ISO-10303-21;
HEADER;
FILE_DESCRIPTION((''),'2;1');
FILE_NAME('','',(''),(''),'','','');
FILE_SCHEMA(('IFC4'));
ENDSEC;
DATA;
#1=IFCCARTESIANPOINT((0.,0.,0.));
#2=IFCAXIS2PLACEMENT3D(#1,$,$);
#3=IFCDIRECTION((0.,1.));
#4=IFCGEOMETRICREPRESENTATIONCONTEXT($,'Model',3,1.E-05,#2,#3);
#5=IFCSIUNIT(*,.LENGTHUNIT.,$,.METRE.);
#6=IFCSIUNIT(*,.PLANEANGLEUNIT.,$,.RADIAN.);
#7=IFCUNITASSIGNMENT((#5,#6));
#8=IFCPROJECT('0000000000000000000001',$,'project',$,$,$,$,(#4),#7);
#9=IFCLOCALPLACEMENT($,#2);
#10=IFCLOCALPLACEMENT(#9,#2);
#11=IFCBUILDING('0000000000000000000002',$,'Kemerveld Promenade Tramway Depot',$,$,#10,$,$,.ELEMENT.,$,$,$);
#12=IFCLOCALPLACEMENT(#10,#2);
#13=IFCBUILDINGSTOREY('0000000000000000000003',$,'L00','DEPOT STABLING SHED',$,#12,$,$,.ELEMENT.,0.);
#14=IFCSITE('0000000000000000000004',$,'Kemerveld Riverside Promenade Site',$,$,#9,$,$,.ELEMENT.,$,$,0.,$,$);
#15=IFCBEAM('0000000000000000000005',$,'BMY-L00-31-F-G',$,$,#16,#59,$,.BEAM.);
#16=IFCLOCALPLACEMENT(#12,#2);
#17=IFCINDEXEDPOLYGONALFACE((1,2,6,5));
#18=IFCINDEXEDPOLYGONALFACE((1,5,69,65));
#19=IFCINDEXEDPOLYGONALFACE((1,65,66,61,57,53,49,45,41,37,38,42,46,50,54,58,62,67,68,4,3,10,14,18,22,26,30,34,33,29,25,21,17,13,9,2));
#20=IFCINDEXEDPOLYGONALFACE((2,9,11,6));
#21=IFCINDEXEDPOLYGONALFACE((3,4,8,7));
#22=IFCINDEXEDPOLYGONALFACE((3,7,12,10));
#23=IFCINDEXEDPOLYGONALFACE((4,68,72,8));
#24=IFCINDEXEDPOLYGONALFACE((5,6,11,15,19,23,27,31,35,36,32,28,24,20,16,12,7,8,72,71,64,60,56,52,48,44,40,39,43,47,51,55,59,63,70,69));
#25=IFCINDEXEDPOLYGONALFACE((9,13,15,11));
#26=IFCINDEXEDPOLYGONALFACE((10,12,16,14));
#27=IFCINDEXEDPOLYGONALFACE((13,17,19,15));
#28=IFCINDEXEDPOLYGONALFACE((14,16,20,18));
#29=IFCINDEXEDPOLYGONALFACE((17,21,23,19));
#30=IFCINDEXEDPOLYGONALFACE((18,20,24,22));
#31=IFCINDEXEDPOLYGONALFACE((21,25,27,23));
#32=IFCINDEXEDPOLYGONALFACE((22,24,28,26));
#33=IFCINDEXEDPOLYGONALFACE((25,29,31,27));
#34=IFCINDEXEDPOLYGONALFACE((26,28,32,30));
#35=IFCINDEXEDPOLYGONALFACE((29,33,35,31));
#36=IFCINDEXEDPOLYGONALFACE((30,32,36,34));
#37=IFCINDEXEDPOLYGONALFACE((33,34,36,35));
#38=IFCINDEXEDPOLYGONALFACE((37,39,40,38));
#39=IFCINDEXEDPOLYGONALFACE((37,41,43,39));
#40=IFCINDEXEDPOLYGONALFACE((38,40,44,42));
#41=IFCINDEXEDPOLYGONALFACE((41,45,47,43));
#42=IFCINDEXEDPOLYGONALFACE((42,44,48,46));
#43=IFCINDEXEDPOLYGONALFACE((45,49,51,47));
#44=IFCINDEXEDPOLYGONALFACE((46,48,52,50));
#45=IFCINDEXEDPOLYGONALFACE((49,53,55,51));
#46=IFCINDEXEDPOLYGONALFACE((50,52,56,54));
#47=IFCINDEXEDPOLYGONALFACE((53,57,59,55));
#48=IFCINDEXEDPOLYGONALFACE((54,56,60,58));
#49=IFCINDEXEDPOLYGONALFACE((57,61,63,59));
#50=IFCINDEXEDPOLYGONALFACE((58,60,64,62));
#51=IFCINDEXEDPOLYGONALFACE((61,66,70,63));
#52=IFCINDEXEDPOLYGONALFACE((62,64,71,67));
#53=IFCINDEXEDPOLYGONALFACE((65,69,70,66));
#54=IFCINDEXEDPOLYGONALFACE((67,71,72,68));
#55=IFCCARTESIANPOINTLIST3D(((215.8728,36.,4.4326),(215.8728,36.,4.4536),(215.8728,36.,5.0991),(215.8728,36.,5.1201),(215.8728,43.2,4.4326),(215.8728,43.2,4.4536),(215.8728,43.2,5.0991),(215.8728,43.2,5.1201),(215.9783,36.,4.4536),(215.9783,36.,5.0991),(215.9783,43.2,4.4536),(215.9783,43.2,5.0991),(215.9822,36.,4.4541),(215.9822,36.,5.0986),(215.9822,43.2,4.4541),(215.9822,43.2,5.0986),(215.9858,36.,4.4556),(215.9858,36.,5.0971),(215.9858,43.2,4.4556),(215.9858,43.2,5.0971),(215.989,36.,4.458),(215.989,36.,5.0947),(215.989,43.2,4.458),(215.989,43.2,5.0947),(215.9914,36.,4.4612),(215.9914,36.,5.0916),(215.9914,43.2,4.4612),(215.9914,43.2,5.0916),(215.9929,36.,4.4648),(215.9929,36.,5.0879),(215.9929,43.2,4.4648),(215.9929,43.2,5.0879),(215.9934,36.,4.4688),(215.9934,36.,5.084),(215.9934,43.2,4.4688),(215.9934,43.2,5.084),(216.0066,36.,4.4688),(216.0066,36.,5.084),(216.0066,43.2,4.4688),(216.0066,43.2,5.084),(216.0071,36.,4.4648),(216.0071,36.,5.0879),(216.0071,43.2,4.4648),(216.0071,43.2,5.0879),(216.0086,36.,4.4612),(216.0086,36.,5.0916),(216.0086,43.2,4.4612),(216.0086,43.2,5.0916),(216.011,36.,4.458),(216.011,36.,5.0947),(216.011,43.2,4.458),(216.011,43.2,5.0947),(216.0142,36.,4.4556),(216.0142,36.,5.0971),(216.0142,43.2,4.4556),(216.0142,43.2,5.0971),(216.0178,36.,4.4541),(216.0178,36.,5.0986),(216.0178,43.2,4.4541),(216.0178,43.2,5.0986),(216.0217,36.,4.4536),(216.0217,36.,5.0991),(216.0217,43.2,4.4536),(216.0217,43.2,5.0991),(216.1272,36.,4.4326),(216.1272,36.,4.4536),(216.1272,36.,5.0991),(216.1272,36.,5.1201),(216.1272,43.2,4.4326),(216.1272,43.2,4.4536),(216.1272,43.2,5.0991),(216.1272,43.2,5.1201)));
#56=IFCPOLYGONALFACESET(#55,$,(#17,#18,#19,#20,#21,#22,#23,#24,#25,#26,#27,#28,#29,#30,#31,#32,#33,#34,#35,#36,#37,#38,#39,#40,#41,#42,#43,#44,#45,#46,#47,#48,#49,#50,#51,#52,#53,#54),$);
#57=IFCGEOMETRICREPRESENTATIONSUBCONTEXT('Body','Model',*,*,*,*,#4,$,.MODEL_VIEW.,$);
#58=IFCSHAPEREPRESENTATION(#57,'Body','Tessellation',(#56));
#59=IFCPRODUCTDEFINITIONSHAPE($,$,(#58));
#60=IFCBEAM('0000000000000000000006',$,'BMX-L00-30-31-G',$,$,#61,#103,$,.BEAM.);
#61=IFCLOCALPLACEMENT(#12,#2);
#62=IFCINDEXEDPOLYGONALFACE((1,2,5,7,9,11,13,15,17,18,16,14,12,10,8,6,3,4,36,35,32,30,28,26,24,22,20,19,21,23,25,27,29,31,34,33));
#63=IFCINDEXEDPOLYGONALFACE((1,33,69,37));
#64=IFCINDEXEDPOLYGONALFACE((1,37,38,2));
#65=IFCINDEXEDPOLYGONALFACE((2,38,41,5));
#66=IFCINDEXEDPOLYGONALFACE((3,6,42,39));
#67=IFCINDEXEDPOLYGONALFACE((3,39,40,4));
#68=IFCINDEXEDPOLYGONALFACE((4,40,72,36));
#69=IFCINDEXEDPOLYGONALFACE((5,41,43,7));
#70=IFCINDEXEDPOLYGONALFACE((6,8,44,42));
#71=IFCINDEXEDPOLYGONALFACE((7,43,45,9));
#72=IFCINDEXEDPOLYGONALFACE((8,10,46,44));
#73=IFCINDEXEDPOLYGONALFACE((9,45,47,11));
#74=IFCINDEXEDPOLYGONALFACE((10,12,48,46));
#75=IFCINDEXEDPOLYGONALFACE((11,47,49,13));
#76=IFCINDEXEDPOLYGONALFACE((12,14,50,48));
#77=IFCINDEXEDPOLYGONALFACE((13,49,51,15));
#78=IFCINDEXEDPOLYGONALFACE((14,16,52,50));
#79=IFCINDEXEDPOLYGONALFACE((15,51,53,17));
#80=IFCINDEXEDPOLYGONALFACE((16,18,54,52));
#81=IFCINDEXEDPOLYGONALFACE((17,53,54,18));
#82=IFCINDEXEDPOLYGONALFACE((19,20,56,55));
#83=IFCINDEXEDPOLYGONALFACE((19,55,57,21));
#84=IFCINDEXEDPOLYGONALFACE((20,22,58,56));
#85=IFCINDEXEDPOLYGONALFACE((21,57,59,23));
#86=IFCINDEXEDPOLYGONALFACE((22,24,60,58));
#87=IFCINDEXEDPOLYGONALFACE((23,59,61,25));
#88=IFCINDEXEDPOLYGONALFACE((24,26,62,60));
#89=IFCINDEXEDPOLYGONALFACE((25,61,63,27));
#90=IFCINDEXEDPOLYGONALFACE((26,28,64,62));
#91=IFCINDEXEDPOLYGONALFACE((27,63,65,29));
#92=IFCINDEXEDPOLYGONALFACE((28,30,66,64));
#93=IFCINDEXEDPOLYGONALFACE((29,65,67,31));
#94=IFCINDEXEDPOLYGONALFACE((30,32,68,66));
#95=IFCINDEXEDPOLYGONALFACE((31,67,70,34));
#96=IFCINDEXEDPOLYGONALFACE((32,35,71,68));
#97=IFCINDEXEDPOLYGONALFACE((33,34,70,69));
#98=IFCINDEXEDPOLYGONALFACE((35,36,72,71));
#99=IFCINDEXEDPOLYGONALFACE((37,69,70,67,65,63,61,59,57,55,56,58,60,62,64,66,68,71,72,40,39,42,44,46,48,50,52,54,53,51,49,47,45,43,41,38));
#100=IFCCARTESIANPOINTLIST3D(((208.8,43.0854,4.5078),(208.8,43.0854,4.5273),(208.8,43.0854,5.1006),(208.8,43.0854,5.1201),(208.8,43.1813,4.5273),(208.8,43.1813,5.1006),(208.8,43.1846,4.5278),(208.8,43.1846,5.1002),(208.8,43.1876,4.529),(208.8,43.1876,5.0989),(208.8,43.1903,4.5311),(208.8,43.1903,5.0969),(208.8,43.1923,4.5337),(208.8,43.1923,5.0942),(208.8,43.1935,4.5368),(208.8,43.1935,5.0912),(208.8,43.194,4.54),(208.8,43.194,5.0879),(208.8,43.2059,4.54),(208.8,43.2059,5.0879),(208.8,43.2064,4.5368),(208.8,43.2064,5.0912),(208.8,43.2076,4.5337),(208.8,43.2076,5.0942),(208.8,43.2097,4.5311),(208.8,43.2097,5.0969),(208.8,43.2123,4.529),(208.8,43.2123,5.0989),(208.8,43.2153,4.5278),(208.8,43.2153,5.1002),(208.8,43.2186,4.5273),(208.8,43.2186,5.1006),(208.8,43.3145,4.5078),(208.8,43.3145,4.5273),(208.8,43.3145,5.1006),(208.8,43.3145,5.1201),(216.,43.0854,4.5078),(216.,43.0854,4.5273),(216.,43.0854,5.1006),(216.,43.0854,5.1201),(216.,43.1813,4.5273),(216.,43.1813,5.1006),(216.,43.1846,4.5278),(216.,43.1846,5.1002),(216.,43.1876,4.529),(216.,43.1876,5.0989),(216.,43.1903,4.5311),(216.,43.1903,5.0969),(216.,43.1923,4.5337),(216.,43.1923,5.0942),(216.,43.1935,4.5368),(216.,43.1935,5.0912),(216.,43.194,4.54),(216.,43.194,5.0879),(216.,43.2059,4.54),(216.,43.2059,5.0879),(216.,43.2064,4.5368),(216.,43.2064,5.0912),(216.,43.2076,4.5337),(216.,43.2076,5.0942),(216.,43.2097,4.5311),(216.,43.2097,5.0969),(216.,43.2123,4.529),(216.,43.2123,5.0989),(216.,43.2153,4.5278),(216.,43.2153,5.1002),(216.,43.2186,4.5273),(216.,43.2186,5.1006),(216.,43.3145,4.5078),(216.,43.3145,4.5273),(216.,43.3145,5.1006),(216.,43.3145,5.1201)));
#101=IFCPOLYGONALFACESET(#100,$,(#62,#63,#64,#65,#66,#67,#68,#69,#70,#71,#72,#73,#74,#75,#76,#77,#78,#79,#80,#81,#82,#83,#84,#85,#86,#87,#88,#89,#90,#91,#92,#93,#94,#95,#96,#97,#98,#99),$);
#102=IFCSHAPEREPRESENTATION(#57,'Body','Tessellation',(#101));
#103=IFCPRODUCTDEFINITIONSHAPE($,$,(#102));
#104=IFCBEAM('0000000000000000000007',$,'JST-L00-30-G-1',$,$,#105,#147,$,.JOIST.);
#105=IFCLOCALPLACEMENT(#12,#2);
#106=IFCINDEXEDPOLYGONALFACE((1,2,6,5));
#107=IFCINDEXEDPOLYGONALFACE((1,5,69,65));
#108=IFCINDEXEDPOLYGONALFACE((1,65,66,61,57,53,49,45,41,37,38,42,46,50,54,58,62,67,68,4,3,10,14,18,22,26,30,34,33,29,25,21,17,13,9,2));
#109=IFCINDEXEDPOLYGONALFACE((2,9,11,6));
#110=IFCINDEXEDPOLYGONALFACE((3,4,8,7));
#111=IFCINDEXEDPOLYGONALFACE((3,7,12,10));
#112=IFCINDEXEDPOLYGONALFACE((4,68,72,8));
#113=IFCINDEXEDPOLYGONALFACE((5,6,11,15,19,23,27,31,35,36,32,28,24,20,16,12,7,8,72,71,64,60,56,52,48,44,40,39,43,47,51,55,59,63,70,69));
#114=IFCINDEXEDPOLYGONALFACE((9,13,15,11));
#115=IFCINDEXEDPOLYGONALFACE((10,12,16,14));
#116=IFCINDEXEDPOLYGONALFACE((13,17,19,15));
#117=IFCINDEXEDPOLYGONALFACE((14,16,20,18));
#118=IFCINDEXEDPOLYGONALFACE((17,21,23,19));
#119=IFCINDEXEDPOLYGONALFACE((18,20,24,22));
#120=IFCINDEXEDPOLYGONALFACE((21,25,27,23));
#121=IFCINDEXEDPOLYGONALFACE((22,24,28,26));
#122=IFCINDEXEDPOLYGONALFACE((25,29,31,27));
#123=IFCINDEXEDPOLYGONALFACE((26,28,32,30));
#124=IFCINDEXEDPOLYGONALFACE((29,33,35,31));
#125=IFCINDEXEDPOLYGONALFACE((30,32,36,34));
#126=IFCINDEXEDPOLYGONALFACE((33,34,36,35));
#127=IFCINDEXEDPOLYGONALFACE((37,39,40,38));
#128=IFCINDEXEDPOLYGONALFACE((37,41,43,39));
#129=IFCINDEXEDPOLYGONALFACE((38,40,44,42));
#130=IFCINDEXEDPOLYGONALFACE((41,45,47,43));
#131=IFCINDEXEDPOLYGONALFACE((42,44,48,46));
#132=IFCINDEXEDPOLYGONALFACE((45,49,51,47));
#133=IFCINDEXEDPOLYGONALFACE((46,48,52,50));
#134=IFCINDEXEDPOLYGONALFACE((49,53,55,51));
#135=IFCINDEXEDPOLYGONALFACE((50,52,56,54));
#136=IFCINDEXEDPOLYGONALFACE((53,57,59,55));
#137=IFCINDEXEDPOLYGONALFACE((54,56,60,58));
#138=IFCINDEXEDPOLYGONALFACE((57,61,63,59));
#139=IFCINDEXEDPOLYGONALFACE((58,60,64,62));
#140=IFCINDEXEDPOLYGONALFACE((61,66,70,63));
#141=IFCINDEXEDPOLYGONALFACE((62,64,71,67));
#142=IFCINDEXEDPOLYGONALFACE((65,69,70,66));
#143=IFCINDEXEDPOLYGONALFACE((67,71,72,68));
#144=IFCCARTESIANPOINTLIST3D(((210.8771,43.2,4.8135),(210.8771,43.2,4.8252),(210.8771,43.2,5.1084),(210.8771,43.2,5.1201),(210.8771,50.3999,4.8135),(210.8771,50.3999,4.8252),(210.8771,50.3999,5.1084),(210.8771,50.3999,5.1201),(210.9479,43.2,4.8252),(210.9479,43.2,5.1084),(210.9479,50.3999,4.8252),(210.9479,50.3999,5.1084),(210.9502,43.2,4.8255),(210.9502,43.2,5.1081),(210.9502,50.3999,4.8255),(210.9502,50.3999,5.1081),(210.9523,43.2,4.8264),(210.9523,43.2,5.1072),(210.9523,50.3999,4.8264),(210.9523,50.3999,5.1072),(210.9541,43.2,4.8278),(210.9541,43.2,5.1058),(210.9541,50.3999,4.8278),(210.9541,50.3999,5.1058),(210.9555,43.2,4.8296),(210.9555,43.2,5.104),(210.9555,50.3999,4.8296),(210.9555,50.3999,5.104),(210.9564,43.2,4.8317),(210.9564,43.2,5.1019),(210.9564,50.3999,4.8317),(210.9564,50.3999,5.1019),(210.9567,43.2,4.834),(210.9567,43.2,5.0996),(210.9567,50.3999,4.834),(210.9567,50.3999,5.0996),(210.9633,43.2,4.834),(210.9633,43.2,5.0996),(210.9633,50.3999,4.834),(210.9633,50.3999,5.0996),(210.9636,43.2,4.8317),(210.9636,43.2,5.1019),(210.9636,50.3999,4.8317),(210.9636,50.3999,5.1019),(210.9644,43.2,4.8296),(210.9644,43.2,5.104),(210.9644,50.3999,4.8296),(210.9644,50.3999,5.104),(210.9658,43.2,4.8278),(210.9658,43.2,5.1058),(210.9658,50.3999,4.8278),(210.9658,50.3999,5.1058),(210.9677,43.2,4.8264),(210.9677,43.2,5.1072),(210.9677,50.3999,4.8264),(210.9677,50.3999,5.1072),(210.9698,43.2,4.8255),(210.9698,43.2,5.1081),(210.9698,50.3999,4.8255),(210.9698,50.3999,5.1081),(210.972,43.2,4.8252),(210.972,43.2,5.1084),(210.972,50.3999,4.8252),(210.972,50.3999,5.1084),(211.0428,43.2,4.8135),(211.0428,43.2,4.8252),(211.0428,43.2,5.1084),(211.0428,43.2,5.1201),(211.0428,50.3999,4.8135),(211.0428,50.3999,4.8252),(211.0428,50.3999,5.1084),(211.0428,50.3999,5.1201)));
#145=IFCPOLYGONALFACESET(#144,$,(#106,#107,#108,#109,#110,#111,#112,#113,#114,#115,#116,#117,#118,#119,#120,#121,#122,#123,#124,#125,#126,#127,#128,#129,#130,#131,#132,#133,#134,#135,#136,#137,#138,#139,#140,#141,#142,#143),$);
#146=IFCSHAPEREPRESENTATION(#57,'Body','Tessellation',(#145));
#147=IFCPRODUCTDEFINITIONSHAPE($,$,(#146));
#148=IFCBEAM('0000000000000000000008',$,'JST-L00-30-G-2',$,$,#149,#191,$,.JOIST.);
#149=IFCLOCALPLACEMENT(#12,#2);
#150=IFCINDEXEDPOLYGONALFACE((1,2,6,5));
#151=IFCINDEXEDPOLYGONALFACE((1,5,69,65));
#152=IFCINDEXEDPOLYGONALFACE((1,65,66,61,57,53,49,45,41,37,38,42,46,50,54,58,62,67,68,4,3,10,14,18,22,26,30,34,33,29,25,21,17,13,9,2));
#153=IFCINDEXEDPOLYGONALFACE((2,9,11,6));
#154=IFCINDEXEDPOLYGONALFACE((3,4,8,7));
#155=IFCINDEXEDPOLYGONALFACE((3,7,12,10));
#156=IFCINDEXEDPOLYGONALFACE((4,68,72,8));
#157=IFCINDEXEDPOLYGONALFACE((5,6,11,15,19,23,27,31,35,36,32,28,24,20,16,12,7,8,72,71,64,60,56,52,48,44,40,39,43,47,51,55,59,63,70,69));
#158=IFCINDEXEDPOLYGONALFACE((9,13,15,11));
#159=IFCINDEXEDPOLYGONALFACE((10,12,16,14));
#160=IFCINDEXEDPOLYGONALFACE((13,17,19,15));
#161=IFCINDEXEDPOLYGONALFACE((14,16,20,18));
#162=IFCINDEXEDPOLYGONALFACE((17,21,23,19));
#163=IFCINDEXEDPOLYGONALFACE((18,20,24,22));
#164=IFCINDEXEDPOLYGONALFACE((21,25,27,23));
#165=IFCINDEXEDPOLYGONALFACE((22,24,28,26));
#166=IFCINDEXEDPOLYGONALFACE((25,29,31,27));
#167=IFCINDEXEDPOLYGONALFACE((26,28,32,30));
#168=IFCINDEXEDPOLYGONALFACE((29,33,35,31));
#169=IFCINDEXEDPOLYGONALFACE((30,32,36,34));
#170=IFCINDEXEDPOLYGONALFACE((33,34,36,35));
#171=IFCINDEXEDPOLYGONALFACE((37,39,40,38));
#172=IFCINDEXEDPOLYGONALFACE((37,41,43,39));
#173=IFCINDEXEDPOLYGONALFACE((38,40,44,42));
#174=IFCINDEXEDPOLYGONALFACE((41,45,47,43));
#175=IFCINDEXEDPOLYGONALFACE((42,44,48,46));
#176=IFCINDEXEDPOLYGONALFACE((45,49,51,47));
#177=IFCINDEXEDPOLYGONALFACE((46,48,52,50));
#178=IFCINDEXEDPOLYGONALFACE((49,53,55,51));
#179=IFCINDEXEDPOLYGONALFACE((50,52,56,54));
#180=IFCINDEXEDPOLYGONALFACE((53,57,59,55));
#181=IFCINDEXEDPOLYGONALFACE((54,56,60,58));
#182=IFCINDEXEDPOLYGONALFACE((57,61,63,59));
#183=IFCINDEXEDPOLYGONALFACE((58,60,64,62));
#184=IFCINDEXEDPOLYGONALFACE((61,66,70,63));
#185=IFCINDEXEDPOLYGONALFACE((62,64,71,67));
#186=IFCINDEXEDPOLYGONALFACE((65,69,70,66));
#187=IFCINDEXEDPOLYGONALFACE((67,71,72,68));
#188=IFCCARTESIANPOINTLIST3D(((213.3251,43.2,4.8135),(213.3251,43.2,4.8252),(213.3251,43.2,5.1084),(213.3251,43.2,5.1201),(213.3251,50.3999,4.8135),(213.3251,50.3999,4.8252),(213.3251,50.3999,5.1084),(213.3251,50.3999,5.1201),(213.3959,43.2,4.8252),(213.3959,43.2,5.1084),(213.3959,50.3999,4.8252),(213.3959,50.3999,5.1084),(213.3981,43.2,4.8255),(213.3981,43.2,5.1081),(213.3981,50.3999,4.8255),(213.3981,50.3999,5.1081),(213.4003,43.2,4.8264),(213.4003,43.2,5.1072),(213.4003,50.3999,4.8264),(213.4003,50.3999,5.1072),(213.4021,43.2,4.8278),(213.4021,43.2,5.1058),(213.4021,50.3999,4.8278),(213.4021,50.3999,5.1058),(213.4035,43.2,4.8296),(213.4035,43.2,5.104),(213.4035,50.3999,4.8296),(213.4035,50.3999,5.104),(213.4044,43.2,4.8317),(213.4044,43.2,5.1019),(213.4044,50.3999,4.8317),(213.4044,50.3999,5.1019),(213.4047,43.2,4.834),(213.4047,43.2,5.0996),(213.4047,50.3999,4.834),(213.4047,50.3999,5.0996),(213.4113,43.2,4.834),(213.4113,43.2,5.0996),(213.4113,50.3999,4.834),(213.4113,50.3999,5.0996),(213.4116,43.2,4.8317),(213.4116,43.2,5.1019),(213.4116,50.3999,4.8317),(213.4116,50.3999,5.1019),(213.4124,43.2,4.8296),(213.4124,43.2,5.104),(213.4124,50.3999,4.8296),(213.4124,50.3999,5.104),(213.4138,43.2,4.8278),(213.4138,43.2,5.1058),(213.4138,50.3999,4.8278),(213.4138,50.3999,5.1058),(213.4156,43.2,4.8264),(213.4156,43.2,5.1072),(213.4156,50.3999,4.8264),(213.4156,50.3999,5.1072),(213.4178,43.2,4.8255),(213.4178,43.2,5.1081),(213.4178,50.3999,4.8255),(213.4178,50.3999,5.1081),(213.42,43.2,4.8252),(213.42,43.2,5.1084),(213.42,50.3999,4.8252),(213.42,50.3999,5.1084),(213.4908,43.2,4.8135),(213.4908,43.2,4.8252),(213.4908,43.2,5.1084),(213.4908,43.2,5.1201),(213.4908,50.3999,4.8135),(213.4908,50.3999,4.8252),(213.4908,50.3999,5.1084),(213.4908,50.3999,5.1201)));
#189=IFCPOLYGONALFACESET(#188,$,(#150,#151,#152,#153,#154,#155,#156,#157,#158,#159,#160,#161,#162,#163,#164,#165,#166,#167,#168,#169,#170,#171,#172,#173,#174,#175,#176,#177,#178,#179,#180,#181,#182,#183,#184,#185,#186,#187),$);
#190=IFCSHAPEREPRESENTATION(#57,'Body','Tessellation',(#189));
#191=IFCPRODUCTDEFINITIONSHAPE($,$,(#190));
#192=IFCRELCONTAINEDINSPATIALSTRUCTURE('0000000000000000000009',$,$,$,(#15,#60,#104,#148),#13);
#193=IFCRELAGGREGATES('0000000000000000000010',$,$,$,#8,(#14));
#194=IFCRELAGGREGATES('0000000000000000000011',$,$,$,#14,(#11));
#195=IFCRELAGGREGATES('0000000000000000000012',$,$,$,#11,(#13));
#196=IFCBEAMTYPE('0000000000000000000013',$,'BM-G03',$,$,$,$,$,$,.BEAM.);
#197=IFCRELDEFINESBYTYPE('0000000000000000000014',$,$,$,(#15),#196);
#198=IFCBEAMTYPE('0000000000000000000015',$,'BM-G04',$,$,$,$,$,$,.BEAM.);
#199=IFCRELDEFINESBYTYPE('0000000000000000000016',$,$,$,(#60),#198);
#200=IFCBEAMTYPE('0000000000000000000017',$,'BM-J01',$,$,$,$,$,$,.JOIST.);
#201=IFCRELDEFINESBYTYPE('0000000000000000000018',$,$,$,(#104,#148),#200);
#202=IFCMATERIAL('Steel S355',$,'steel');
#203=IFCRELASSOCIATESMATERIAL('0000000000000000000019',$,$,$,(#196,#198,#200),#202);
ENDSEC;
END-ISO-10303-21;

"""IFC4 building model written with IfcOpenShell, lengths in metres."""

from ifc_helpers import new_model, si_unit, direction, frame, origin, origin_2d, place, context, subcontext, project, spatial, i_section, extrude, material, material_profile, profile_set, type_object, element, save


model = new_model("IFC4")

# Units and contexts
model_context = context("Model", 3, precision=1e-05, world=origin(), true_north=direction((0.0, 1.0)))
body_context = subcontext(model_context, "Body", "Model", "MODEL_VIEW")
ifc_project = project(units=[si_unit("LENGTHUNIT", "METRE"), si_unit("PLANEANGLEUNIT", "RADIAN")], contexts=[model_context])

# Site, building, storey
site_placement = place(None, origin())
site = spatial("IfcSite", under=ifc_project, at=site_placement, Name="Kemerveld Riverside Promenade Site", CompositionType="ELEMENT", RefElevation=0.0)
building_placement = place(site_placement, origin())
building = spatial("IfcBuilding", under=site, at=building_placement, Name="Kemerveld Promenade Tramway Depot", CompositionType="ELEMENT")
storey_placement = place(building_placement, origin())
storey = spatial("IfcBuildingStorey", under=building, at=storey_placement, Name="L00", Description="DEPOT STABLING SHED", CompositionType="ELEMENT", Elevation=0.0)

# Shared definitions
ifc_material_1 = material(Name="Steel S355", Category="steel")

# Beams
ifc_material_profile_1 = material_profile(ifc_material_1, i_section(OverallWidth=0.2544, OverallDepth=0.6875, WebThickness=0.0132, FlangeThickness=0.021, FilletRadius=0.0151, at=origin_2d()), Name="686x254x152 UB")
ifc_profile_set_1 = profile_set([ifc_material_profile_1], Name="Steel S355")
beam_type_1 = type_object("IfcBeamType", Name="BM-G03", PredefinedType="BEAM", material=ifc_profile_set_1)
for number, where, z_axis, x_axis, name in (
    (1, (216.0, 36.0, 4.7764), (0.0, 1.0, 0.0), (-1.0, 0.0, 0.0), "BMY-L00-31-F-G"),
):
    element("IfcBeam", number, at=place(storey_placement, frame(where, z_axis=z_axis, x_axis=x_axis)), inside=storey, type_object=beam_type_1, Name=name, PredefinedType="BEAM", context=body_context, shape_type="SweptSolid", body=[
        extrude(i_section(OverallWidth=0.2544, OverallDepth=0.6875, WebThickness=0.0132, FlangeThickness=0.021, FilletRadius=0.0151, at=origin_2d()), origin(), (0.0, 0.0, 1.0), 7.2),
    ])
ifc_material_profile_2 = material_profile(ifc_material_1, i_section(OverallWidth=0.229, OverallDepth=0.6123, WebThickness=0.012, FlangeThickness=0.0195, FilletRadius=0.0127, at=origin_2d()), Name="610x229x125 UB")
ifc_profile_set_2 = profile_set([ifc_material_profile_2], Name="Steel S355")
beam_type_2 = type_object("IfcBeamType", Name="BM-G04", PredefinedType="BEAM", material=ifc_profile_set_2)
beam_1_placement = place(storey_placement, frame((208.8, 43.2, 4.814), z_axis=(1.0, 0.0, 0.0), x_axis=(0.0, 1.0, 0.0)))
element("IfcBeam", 2, at=beam_1_placement, inside=storey, type_object=beam_type_2, Name="BMX-L00-30-31-G", PredefinedType="BEAM", context=body_context, shape_type="SweptSolid", body=[
    extrude(i_section(OverallWidth=0.229, OverallDepth=0.6123, WebThickness=0.012, FlangeThickness=0.0195, FilletRadius=0.0127, at=origin_2d()), origin(), (0.0, 0.0, 1.0), 7.2),
])
ifc_material_profile_3 = material_profile(ifc_material_1, i_section(OverallWidth=0.1658, OverallDepth=0.3066, WebThickness=0.0066, FlangeThickness=0.0117, FilletRadius=0.0088, at=origin_2d()), Name="305x165x46 UB")
ifc_profile_set_3 = profile_set([ifc_material_profile_3], Name="Steel S355")
beam_type_3 = type_object("IfcBeamType", Name="BM-J01", PredefinedType="JOIST", material=ifc_profile_set_3)
for number, where, z_axis, x_axis, name in (
    (3, (210.96, 43.2, 4.9668), (0.0, 1.0, 0.0), (-1.0, 0.0, 0.0), "JST-L00-30-G-1"),
    (4, (213.408, 43.2, 4.9668), (0.0, 1.0, 0.0), (-1.0, 0.0, 0.0), "JST-L00-30-G-2"),
):
    element("IfcBeam", number, at=place(storey_placement, frame(where, z_axis=z_axis, x_axis=x_axis)), inside=storey, type_object=beam_type_3, Name=name, PredefinedType="JOIST", context=body_context, shape_type="SweptSolid", body=[
        extrude(i_section(OverallWidth=0.1658, OverallDepth=0.3066, WebThickness=0.0066, FlangeThickness=0.0117, FilletRadius=0.0088, at=origin_2d()), origin(), (0.0, 0.0, 1.0), 7.2),
    ])

save(model, "model.ifc")
